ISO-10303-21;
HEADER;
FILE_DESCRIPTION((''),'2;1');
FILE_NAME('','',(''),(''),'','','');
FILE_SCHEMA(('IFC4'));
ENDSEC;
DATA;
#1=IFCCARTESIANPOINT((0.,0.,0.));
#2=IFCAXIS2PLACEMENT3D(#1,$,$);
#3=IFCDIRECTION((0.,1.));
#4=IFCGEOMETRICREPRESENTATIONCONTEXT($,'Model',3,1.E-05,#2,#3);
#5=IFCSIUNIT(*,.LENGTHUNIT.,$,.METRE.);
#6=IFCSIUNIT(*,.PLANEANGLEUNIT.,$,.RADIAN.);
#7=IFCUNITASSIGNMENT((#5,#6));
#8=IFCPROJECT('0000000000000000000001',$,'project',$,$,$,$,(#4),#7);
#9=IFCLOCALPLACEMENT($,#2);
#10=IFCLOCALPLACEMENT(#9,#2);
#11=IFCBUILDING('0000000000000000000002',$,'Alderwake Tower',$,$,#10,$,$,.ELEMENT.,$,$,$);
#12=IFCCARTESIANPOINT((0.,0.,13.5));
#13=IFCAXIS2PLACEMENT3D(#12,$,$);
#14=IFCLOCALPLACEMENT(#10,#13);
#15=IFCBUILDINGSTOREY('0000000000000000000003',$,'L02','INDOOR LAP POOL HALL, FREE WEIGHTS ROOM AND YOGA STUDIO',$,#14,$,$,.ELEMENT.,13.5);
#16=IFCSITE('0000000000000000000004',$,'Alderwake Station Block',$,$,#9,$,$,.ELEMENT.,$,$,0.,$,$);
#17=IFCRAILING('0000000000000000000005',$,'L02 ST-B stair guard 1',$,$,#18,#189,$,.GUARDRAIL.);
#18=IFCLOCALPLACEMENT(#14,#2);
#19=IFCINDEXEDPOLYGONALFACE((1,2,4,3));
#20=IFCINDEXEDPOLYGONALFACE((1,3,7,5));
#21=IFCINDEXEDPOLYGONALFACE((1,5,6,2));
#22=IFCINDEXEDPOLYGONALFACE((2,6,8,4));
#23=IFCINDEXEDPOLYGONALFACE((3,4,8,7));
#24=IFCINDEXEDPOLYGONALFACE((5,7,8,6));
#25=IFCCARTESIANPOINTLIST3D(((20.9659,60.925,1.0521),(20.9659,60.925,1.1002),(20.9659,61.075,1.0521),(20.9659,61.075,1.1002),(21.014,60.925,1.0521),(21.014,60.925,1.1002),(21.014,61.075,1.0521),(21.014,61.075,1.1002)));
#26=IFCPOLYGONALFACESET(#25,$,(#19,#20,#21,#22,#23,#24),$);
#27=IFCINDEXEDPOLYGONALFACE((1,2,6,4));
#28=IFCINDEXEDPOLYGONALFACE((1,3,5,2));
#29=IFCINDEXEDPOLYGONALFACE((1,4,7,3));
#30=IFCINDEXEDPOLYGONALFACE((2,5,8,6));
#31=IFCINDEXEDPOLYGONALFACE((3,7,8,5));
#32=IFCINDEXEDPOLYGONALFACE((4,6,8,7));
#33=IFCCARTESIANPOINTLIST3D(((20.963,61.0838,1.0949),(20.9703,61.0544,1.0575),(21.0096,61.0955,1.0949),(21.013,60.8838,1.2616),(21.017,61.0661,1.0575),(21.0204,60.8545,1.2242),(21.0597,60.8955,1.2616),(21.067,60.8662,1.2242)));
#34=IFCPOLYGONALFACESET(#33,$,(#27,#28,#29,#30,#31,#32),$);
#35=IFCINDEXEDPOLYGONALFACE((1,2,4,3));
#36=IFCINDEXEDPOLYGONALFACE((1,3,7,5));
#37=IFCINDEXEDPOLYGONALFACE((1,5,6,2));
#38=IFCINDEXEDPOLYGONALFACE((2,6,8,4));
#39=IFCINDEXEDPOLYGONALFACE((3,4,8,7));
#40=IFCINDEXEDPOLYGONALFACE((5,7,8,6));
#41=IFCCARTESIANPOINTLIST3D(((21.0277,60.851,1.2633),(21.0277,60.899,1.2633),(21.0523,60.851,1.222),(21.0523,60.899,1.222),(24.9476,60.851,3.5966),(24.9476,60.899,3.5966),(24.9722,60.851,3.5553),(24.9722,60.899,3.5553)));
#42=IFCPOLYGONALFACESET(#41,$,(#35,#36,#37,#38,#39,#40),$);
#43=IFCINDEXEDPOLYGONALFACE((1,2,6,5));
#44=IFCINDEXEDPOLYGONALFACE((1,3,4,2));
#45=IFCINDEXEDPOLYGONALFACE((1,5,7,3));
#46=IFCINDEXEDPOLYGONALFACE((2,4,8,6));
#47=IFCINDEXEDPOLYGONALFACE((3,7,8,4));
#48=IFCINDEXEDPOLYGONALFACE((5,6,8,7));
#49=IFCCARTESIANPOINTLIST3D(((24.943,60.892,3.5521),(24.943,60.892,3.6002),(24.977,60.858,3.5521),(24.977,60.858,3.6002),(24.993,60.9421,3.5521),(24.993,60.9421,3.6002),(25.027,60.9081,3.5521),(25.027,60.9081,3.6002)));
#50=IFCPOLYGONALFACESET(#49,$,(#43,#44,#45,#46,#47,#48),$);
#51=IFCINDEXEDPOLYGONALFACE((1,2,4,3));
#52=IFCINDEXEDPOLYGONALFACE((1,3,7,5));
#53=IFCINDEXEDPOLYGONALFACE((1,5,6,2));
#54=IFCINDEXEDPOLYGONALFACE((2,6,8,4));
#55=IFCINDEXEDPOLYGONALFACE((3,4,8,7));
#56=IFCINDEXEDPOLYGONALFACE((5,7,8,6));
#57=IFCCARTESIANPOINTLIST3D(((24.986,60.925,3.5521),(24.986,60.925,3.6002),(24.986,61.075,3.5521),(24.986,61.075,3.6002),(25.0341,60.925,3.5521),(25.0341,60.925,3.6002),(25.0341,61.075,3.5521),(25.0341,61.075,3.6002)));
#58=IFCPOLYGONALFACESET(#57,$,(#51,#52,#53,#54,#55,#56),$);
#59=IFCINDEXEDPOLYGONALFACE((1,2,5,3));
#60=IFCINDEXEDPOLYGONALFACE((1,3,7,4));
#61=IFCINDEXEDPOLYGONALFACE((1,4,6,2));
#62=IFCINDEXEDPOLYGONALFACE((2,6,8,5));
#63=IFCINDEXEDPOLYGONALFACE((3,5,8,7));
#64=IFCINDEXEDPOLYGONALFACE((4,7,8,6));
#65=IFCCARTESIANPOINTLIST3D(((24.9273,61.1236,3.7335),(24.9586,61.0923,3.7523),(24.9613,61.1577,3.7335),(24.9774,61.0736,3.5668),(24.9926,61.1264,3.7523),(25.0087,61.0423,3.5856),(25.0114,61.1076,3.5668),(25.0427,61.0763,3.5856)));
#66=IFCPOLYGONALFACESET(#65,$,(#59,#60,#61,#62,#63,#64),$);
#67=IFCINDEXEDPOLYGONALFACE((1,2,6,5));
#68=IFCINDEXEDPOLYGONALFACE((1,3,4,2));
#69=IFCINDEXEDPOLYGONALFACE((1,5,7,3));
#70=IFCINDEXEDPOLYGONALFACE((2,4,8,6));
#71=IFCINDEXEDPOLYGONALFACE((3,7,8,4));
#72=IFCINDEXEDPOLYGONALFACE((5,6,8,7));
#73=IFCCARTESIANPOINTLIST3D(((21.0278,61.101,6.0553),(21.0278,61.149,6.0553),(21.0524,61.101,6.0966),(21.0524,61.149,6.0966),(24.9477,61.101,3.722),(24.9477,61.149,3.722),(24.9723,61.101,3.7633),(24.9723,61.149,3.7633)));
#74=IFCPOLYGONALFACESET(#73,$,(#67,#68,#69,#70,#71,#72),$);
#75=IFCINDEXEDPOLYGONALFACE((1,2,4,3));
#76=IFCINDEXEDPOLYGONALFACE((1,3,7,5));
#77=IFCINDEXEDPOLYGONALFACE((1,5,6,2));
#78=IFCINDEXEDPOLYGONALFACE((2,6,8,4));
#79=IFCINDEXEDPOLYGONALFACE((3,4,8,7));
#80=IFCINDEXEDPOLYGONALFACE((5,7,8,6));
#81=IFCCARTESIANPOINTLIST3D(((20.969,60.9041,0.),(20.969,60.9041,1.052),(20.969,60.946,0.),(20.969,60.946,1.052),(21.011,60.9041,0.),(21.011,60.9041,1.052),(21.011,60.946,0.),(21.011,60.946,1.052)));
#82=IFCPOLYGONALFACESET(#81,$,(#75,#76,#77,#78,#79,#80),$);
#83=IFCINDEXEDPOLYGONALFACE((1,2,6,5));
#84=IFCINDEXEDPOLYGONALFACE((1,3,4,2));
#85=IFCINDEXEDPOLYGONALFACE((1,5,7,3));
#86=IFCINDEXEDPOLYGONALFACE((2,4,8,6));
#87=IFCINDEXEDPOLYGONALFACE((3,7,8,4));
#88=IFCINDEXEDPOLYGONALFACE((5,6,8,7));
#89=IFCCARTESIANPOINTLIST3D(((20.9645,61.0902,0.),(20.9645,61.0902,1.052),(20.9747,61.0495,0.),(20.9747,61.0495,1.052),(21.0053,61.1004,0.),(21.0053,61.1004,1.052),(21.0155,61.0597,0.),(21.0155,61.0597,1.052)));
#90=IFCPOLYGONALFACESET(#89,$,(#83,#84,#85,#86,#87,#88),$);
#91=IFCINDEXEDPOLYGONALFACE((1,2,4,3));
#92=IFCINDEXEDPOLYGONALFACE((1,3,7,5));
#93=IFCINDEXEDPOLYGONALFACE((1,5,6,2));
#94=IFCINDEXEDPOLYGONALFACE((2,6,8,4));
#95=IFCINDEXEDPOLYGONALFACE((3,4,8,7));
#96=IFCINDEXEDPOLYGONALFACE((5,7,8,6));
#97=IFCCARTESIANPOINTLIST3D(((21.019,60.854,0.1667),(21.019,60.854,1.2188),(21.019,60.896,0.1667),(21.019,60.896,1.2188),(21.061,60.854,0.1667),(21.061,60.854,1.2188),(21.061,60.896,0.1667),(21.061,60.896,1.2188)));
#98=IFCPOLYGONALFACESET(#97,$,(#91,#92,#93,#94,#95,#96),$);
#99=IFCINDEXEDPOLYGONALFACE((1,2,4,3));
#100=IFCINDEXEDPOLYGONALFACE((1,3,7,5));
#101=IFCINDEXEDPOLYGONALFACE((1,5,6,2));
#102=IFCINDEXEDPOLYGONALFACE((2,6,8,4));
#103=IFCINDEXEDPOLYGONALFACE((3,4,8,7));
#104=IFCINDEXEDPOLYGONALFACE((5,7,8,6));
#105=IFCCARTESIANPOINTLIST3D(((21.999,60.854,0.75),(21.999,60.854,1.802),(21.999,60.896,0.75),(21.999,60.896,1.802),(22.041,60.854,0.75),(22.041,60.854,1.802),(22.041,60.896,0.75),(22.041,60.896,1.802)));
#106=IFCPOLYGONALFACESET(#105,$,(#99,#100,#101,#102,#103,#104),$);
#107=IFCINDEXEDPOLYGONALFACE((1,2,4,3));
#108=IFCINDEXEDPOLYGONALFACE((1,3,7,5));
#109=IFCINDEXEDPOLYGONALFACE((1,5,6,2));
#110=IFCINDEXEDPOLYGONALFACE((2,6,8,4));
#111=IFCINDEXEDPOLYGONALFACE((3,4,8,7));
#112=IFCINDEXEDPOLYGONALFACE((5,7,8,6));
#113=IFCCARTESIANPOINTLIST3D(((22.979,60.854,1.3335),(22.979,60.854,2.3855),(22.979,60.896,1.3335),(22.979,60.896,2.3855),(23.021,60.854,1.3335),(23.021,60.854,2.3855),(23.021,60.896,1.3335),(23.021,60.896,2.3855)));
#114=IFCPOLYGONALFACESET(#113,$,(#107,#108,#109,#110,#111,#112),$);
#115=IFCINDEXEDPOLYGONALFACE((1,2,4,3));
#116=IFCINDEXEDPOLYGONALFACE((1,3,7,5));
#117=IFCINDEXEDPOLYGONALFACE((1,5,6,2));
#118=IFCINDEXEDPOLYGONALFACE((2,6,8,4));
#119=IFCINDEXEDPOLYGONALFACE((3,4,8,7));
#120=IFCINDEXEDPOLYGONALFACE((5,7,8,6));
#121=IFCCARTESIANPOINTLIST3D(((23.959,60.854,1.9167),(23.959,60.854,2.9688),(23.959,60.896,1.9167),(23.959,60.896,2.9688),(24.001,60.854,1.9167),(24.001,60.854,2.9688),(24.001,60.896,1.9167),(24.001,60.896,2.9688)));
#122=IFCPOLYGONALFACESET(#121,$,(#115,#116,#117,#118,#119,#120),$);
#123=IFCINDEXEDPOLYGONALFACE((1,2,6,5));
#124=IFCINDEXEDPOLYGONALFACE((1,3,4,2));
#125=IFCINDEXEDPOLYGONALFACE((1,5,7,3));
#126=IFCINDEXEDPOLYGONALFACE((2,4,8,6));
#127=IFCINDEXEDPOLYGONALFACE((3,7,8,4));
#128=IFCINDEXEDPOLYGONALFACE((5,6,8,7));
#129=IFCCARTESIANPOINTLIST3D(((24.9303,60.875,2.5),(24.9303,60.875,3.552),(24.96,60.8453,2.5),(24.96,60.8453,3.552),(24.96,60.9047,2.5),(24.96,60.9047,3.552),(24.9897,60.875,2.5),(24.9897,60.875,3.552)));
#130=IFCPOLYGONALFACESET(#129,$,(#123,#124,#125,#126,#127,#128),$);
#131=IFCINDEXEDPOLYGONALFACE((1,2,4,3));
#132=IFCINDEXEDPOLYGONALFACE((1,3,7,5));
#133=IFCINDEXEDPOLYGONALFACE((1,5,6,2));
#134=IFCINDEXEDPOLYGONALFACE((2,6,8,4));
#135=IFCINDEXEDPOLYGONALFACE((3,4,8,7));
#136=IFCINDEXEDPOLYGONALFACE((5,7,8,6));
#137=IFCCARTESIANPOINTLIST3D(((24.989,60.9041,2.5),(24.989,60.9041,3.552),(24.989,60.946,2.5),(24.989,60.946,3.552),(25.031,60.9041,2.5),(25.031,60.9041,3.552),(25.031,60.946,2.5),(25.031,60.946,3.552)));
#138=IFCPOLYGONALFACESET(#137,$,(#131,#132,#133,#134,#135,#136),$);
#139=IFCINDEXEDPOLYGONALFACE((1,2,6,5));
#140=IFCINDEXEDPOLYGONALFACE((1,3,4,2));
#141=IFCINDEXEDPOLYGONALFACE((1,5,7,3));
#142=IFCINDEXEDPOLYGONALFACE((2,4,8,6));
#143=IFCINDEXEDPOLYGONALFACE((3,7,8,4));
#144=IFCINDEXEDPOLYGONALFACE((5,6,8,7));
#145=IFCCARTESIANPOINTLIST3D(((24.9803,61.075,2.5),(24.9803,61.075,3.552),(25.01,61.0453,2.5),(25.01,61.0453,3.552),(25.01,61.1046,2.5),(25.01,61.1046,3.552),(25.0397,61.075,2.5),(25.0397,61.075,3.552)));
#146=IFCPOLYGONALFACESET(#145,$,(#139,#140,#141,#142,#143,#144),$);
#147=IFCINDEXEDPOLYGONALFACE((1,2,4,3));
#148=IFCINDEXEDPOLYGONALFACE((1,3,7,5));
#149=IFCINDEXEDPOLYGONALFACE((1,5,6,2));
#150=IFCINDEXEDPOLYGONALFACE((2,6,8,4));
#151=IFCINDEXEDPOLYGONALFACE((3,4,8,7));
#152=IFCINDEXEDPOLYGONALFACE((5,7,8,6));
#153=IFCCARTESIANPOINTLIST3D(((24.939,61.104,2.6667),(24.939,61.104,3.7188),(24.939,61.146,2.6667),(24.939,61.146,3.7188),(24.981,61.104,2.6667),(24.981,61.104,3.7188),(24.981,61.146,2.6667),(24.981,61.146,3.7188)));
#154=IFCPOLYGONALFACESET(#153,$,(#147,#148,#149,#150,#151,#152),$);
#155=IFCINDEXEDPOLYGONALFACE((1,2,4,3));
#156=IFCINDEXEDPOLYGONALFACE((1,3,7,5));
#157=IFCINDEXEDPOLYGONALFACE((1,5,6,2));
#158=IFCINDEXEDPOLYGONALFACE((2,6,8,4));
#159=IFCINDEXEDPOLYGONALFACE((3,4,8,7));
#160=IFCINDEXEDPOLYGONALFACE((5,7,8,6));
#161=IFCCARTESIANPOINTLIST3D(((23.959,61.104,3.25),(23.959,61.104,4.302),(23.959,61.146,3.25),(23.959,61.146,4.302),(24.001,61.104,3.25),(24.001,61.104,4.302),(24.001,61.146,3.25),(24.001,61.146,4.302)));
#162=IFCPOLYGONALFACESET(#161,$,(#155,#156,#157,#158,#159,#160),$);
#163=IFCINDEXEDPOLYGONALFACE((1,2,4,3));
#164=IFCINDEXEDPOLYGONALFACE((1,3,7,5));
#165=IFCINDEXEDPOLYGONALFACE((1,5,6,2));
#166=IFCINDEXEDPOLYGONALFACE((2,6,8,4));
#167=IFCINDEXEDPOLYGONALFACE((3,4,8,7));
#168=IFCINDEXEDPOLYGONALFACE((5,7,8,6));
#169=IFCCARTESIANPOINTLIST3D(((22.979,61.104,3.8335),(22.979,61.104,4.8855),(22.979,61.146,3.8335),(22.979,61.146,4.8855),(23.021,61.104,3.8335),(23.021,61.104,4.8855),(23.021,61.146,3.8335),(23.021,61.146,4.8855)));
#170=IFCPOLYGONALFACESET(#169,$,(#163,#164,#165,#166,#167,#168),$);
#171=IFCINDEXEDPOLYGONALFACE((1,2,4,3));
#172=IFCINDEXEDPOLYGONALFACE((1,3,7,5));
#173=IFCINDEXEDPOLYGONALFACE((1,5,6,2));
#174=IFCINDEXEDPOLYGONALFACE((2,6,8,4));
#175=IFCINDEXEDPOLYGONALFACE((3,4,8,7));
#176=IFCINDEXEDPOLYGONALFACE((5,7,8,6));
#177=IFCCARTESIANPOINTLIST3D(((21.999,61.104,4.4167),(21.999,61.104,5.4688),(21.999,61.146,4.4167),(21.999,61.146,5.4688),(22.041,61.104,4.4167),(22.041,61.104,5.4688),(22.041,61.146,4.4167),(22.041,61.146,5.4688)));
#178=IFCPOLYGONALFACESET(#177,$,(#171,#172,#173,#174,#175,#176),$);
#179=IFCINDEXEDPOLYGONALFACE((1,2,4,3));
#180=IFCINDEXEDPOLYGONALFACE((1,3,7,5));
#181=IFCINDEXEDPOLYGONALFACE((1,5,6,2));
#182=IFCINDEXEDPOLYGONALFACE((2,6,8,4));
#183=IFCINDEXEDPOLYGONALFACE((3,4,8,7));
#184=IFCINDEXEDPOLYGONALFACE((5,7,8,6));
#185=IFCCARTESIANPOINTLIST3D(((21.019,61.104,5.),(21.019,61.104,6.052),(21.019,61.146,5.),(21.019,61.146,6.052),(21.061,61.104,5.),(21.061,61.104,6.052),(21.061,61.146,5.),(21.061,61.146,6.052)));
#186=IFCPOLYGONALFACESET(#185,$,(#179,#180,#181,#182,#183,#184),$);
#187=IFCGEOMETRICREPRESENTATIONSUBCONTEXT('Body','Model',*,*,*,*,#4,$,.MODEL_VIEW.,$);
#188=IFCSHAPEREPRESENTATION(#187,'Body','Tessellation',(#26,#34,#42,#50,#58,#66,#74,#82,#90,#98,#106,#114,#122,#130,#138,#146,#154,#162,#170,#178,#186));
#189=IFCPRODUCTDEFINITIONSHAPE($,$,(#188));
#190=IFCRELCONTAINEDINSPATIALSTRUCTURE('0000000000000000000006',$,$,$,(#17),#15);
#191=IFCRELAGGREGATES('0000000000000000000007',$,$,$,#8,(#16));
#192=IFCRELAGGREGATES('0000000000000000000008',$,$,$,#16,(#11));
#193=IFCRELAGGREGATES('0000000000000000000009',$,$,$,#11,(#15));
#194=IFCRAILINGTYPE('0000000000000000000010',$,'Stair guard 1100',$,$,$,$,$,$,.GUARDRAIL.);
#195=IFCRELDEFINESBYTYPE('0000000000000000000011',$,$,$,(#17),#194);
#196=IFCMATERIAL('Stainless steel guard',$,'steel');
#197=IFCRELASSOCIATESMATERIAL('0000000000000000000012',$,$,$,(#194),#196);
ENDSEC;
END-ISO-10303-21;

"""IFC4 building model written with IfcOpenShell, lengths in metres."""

from ifc_helpers import new_model, si_unit, direction, frame, origin, origin_2d, place, context, subcontext, project, spatial, rectangle, extrude, material, type_object, element, save


model = new_model("IFC4")

# Units and contexts
model_context = context("Model", 3, precision=1e-05, world=origin(), true_north=direction((0.0, 1.0)))
body_context = subcontext(model_context, "Body", "Model", "MODEL_VIEW")
ifc_project = project(units=[si_unit("LENGTHUNIT", "METRE"), si_unit("PLANEANGLEUNIT", "RADIAN")], contexts=[model_context])

# Site, building, storey
site_placement = place(None, origin())
site = spatial("IfcSite", under=ifc_project, at=site_placement, Name="Alderwake Station Block", CompositionType="ELEMENT", RefElevation=0.0)
building_placement = place(site_placement, origin())
building = spatial("IfcBuilding", under=site, at=building_placement, Name="Alderwake Tower", CompositionType="ELEMENT")
storey_placement = place(building_placement, frame((0.0, 0.0, 13.5)))
storey = spatial("IfcBuildingStorey", under=building, at=storey_placement, Name="L02", Description="INDOOR LAP POOL HALL, FREE WEIGHTS ROOM AND YOGA STUDIO", CompositionType="ELEMENT", Elevation=13.5)

# Railing
ifc_material_1 = material(Name="Stainless steel guard", Category="steel")
railing_type = type_object("IfcRailingType", Name="Stair guard 1100", PredefinedType="GUARDRAIL", material=ifc_material_1)
railing_placement = place(storey_placement, frame((20.99, 60.925, 0.0)))
element("IfcRailing", 1, at=railing_placement, inside=storey, type_object=railing_type, Name="L02 ST-B stair guard 1", PredefinedType="GUARDRAIL", context=body_context, shape_type="SweptSolid", body=[
    extrude(rectangle(XDim=0.0481, YDim=0.0481, at=origin_2d()), frame((0.0, 0.0, 1.0762), z_axis=(0.0, 1.0, 0.0), x_axis=(-1.0, 0.0, 0.0)), (0.0, 0.0, 1.0), 0.1499),
    extrude(rectangle(XDim=0.0481, YDim=0.0481, at=origin_2d()), frame((0.0, 0.1499, 1.0762), z_axis=(0.188776, -0.754182, 0.628946), x_axis=(0.970073, 0.242814, 0.0)), (0.0, 0.0, 1.0), 0.2651),
    extrude(rectangle(XDim=0.0481, YDim=0.0481, at=origin_2d()), frame((0.05, -0.05, 1.2427), z_axis=(0.859296, 0.0, 0.511478), x_axis=(0.0, 1.0, 0.0)), (0.0, 0.0, 1.0), 4.5618),
    extrude(rectangle(XDim=0.0481, YDim=0.0481, at=origin_2d()), frame((3.97, -0.05, 3.5762), z_axis=(0.707107, 0.707107, 0.0), x_axis=(-0.707107, 0.707107, 0.0)), (0.0, 0.0, 1.0), 0.0708),
    extrude(rectangle(XDim=0.0481, YDim=0.0481, at=origin_2d()), frame((4.02, 0.0, 3.5762), z_axis=(0.0, 1.0, 0.0), x_axis=(-1.0, 0.0, 0.0)), (0.0, 0.0, 1.0), 0.1499),
    extrude(rectangle(XDim=0.0481, YDim=0.0481, at=origin_2d()), frame((4.02, 0.1499, 3.5762), z_axis=(-0.276287, 0.276287, 0.920506), x_axis=(-0.707107, -0.707107, 0.0)), (0.0, 0.0, 1.0), 0.1812),
    extrude(rectangle(XDim=0.0481, YDim=0.0481, at=origin_2d()), frame((3.97, 0.2, 3.7427), z_axis=(-0.859296, 0.0, 0.511478), x_axis=(0.0, -1.0, 0.0)), (0.0, 0.0, 1.0), 4.5618),
    extrude(rectangle(XDim=0.042, YDim=0.042, at=origin_2d()), frame((0.0, 0.0, 0.0), z_axis=(0.0, 0.0, 1.0), x_axis=(0.0, 1.0, 0.0)), (0.0, 0.0, 1.0), 1.052),
    extrude(rectangle(XDim=0.042, YDim=0.042, at=origin_2d()), frame((0.0, 0.1499, 0.0), z_axis=(0.0, 0.0, 1.0), x_axis=(0.242814, -0.970073, 0.0)), (0.0, 0.0, 1.0), 1.052),
    extrude(rectangle(XDim=0.042, YDim=0.042, at=origin_2d()), frame((0.05, -0.05, 0.1667), z_axis=(0.0, 0.0, 1.0), x_axis=(1.0, 0.0, 0.0)), (0.0, 0.0, 1.0), 1.052),
    extrude(rectangle(XDim=0.042, YDim=0.042, at=origin_2d()), frame((1.03, -0.05, 0.75), z_axis=(0.0, 0.0, 1.0), x_axis=(1.0, 0.0, 0.0)), (0.0, 0.0, 1.0), 1.052),
    extrude(rectangle(XDim=0.042, YDim=0.042, at=origin_2d()), frame((2.01, -0.05, 1.3335), z_axis=(0.0, 0.0, 1.0), x_axis=(1.0, 0.0, 0.0)), (0.0, 0.0, 1.0), 1.052),
    extrude(rectangle(XDim=0.042, YDim=0.042, at=origin_2d()), frame((2.99, -0.05, 1.9167), z_axis=(0.0, 0.0, 1.0), x_axis=(1.0, 0.0, 0.0)), (0.0, 0.0, 1.0), 1.052),
    extrude(rectangle(XDim=0.042, YDim=0.042, at=origin_2d()), frame((3.97, -0.05, 2.5), z_axis=(0.0, 0.0, 1.0), x_axis=(0.707107, 0.707107, 0.0)), (0.0, 0.0, 1.0), 1.052),
    extrude(rectangle(XDim=0.042, YDim=0.042, at=origin_2d()), frame((4.02, 0.0, 2.5), z_axis=(0.0, 0.0, 1.0), x_axis=(0.0, 1.0, 0.0)), (0.0, 0.0, 1.0), 1.052),
    extrude(rectangle(XDim=0.042, YDim=0.042, at=origin_2d()), frame((4.02, 0.1499, 2.5), z_axis=(0.0, 0.0, 1.0), x_axis=(-0.707107, 0.707107, 0.0)), (0.0, 0.0, 1.0), 1.052),
    extrude(rectangle(XDim=0.042, YDim=0.042, at=origin_2d()), frame((3.97, 0.2, 2.6667), z_axis=(0.0, 0.0, 1.0), x_axis=(-1.0, 0.0, 0.0)), (0.0, 0.0, 1.0), 1.052),
    extrude(rectangle(XDim=0.042, YDim=0.042, at=origin_2d()), frame((2.99, 0.2, 3.25), z_axis=(0.0, 0.0, 1.0), x_axis=(-1.0, 0.0, 0.0)), (0.0, 0.0, 1.0), 1.052),
    extrude(rectangle(XDim=0.042, YDim=0.042, at=origin_2d()), frame((2.01, 0.2, 3.8335), z_axis=(0.0, 0.0, 1.0), x_axis=(-1.0, 0.0, 0.0)), (0.0, 0.0, 1.0), 1.052),
    extrude(rectangle(XDim=0.042, YDim=0.042, at=origin_2d()), frame((1.03, 0.2, 4.4167), z_axis=(0.0, 0.0, 1.0), x_axis=(-1.0, 0.0, 0.0)), (0.0, 0.0, 1.0), 1.052),
    extrude(rectangle(XDim=0.042, YDim=0.042, at=origin_2d()), frame((0.05, 0.2, 5.0), z_axis=(0.0, 0.0, 1.0), x_axis=(-1.0, 0.0, 0.0)), (0.0, 0.0, 1.0), 1.052),
])

save(model, "model.ifc")
